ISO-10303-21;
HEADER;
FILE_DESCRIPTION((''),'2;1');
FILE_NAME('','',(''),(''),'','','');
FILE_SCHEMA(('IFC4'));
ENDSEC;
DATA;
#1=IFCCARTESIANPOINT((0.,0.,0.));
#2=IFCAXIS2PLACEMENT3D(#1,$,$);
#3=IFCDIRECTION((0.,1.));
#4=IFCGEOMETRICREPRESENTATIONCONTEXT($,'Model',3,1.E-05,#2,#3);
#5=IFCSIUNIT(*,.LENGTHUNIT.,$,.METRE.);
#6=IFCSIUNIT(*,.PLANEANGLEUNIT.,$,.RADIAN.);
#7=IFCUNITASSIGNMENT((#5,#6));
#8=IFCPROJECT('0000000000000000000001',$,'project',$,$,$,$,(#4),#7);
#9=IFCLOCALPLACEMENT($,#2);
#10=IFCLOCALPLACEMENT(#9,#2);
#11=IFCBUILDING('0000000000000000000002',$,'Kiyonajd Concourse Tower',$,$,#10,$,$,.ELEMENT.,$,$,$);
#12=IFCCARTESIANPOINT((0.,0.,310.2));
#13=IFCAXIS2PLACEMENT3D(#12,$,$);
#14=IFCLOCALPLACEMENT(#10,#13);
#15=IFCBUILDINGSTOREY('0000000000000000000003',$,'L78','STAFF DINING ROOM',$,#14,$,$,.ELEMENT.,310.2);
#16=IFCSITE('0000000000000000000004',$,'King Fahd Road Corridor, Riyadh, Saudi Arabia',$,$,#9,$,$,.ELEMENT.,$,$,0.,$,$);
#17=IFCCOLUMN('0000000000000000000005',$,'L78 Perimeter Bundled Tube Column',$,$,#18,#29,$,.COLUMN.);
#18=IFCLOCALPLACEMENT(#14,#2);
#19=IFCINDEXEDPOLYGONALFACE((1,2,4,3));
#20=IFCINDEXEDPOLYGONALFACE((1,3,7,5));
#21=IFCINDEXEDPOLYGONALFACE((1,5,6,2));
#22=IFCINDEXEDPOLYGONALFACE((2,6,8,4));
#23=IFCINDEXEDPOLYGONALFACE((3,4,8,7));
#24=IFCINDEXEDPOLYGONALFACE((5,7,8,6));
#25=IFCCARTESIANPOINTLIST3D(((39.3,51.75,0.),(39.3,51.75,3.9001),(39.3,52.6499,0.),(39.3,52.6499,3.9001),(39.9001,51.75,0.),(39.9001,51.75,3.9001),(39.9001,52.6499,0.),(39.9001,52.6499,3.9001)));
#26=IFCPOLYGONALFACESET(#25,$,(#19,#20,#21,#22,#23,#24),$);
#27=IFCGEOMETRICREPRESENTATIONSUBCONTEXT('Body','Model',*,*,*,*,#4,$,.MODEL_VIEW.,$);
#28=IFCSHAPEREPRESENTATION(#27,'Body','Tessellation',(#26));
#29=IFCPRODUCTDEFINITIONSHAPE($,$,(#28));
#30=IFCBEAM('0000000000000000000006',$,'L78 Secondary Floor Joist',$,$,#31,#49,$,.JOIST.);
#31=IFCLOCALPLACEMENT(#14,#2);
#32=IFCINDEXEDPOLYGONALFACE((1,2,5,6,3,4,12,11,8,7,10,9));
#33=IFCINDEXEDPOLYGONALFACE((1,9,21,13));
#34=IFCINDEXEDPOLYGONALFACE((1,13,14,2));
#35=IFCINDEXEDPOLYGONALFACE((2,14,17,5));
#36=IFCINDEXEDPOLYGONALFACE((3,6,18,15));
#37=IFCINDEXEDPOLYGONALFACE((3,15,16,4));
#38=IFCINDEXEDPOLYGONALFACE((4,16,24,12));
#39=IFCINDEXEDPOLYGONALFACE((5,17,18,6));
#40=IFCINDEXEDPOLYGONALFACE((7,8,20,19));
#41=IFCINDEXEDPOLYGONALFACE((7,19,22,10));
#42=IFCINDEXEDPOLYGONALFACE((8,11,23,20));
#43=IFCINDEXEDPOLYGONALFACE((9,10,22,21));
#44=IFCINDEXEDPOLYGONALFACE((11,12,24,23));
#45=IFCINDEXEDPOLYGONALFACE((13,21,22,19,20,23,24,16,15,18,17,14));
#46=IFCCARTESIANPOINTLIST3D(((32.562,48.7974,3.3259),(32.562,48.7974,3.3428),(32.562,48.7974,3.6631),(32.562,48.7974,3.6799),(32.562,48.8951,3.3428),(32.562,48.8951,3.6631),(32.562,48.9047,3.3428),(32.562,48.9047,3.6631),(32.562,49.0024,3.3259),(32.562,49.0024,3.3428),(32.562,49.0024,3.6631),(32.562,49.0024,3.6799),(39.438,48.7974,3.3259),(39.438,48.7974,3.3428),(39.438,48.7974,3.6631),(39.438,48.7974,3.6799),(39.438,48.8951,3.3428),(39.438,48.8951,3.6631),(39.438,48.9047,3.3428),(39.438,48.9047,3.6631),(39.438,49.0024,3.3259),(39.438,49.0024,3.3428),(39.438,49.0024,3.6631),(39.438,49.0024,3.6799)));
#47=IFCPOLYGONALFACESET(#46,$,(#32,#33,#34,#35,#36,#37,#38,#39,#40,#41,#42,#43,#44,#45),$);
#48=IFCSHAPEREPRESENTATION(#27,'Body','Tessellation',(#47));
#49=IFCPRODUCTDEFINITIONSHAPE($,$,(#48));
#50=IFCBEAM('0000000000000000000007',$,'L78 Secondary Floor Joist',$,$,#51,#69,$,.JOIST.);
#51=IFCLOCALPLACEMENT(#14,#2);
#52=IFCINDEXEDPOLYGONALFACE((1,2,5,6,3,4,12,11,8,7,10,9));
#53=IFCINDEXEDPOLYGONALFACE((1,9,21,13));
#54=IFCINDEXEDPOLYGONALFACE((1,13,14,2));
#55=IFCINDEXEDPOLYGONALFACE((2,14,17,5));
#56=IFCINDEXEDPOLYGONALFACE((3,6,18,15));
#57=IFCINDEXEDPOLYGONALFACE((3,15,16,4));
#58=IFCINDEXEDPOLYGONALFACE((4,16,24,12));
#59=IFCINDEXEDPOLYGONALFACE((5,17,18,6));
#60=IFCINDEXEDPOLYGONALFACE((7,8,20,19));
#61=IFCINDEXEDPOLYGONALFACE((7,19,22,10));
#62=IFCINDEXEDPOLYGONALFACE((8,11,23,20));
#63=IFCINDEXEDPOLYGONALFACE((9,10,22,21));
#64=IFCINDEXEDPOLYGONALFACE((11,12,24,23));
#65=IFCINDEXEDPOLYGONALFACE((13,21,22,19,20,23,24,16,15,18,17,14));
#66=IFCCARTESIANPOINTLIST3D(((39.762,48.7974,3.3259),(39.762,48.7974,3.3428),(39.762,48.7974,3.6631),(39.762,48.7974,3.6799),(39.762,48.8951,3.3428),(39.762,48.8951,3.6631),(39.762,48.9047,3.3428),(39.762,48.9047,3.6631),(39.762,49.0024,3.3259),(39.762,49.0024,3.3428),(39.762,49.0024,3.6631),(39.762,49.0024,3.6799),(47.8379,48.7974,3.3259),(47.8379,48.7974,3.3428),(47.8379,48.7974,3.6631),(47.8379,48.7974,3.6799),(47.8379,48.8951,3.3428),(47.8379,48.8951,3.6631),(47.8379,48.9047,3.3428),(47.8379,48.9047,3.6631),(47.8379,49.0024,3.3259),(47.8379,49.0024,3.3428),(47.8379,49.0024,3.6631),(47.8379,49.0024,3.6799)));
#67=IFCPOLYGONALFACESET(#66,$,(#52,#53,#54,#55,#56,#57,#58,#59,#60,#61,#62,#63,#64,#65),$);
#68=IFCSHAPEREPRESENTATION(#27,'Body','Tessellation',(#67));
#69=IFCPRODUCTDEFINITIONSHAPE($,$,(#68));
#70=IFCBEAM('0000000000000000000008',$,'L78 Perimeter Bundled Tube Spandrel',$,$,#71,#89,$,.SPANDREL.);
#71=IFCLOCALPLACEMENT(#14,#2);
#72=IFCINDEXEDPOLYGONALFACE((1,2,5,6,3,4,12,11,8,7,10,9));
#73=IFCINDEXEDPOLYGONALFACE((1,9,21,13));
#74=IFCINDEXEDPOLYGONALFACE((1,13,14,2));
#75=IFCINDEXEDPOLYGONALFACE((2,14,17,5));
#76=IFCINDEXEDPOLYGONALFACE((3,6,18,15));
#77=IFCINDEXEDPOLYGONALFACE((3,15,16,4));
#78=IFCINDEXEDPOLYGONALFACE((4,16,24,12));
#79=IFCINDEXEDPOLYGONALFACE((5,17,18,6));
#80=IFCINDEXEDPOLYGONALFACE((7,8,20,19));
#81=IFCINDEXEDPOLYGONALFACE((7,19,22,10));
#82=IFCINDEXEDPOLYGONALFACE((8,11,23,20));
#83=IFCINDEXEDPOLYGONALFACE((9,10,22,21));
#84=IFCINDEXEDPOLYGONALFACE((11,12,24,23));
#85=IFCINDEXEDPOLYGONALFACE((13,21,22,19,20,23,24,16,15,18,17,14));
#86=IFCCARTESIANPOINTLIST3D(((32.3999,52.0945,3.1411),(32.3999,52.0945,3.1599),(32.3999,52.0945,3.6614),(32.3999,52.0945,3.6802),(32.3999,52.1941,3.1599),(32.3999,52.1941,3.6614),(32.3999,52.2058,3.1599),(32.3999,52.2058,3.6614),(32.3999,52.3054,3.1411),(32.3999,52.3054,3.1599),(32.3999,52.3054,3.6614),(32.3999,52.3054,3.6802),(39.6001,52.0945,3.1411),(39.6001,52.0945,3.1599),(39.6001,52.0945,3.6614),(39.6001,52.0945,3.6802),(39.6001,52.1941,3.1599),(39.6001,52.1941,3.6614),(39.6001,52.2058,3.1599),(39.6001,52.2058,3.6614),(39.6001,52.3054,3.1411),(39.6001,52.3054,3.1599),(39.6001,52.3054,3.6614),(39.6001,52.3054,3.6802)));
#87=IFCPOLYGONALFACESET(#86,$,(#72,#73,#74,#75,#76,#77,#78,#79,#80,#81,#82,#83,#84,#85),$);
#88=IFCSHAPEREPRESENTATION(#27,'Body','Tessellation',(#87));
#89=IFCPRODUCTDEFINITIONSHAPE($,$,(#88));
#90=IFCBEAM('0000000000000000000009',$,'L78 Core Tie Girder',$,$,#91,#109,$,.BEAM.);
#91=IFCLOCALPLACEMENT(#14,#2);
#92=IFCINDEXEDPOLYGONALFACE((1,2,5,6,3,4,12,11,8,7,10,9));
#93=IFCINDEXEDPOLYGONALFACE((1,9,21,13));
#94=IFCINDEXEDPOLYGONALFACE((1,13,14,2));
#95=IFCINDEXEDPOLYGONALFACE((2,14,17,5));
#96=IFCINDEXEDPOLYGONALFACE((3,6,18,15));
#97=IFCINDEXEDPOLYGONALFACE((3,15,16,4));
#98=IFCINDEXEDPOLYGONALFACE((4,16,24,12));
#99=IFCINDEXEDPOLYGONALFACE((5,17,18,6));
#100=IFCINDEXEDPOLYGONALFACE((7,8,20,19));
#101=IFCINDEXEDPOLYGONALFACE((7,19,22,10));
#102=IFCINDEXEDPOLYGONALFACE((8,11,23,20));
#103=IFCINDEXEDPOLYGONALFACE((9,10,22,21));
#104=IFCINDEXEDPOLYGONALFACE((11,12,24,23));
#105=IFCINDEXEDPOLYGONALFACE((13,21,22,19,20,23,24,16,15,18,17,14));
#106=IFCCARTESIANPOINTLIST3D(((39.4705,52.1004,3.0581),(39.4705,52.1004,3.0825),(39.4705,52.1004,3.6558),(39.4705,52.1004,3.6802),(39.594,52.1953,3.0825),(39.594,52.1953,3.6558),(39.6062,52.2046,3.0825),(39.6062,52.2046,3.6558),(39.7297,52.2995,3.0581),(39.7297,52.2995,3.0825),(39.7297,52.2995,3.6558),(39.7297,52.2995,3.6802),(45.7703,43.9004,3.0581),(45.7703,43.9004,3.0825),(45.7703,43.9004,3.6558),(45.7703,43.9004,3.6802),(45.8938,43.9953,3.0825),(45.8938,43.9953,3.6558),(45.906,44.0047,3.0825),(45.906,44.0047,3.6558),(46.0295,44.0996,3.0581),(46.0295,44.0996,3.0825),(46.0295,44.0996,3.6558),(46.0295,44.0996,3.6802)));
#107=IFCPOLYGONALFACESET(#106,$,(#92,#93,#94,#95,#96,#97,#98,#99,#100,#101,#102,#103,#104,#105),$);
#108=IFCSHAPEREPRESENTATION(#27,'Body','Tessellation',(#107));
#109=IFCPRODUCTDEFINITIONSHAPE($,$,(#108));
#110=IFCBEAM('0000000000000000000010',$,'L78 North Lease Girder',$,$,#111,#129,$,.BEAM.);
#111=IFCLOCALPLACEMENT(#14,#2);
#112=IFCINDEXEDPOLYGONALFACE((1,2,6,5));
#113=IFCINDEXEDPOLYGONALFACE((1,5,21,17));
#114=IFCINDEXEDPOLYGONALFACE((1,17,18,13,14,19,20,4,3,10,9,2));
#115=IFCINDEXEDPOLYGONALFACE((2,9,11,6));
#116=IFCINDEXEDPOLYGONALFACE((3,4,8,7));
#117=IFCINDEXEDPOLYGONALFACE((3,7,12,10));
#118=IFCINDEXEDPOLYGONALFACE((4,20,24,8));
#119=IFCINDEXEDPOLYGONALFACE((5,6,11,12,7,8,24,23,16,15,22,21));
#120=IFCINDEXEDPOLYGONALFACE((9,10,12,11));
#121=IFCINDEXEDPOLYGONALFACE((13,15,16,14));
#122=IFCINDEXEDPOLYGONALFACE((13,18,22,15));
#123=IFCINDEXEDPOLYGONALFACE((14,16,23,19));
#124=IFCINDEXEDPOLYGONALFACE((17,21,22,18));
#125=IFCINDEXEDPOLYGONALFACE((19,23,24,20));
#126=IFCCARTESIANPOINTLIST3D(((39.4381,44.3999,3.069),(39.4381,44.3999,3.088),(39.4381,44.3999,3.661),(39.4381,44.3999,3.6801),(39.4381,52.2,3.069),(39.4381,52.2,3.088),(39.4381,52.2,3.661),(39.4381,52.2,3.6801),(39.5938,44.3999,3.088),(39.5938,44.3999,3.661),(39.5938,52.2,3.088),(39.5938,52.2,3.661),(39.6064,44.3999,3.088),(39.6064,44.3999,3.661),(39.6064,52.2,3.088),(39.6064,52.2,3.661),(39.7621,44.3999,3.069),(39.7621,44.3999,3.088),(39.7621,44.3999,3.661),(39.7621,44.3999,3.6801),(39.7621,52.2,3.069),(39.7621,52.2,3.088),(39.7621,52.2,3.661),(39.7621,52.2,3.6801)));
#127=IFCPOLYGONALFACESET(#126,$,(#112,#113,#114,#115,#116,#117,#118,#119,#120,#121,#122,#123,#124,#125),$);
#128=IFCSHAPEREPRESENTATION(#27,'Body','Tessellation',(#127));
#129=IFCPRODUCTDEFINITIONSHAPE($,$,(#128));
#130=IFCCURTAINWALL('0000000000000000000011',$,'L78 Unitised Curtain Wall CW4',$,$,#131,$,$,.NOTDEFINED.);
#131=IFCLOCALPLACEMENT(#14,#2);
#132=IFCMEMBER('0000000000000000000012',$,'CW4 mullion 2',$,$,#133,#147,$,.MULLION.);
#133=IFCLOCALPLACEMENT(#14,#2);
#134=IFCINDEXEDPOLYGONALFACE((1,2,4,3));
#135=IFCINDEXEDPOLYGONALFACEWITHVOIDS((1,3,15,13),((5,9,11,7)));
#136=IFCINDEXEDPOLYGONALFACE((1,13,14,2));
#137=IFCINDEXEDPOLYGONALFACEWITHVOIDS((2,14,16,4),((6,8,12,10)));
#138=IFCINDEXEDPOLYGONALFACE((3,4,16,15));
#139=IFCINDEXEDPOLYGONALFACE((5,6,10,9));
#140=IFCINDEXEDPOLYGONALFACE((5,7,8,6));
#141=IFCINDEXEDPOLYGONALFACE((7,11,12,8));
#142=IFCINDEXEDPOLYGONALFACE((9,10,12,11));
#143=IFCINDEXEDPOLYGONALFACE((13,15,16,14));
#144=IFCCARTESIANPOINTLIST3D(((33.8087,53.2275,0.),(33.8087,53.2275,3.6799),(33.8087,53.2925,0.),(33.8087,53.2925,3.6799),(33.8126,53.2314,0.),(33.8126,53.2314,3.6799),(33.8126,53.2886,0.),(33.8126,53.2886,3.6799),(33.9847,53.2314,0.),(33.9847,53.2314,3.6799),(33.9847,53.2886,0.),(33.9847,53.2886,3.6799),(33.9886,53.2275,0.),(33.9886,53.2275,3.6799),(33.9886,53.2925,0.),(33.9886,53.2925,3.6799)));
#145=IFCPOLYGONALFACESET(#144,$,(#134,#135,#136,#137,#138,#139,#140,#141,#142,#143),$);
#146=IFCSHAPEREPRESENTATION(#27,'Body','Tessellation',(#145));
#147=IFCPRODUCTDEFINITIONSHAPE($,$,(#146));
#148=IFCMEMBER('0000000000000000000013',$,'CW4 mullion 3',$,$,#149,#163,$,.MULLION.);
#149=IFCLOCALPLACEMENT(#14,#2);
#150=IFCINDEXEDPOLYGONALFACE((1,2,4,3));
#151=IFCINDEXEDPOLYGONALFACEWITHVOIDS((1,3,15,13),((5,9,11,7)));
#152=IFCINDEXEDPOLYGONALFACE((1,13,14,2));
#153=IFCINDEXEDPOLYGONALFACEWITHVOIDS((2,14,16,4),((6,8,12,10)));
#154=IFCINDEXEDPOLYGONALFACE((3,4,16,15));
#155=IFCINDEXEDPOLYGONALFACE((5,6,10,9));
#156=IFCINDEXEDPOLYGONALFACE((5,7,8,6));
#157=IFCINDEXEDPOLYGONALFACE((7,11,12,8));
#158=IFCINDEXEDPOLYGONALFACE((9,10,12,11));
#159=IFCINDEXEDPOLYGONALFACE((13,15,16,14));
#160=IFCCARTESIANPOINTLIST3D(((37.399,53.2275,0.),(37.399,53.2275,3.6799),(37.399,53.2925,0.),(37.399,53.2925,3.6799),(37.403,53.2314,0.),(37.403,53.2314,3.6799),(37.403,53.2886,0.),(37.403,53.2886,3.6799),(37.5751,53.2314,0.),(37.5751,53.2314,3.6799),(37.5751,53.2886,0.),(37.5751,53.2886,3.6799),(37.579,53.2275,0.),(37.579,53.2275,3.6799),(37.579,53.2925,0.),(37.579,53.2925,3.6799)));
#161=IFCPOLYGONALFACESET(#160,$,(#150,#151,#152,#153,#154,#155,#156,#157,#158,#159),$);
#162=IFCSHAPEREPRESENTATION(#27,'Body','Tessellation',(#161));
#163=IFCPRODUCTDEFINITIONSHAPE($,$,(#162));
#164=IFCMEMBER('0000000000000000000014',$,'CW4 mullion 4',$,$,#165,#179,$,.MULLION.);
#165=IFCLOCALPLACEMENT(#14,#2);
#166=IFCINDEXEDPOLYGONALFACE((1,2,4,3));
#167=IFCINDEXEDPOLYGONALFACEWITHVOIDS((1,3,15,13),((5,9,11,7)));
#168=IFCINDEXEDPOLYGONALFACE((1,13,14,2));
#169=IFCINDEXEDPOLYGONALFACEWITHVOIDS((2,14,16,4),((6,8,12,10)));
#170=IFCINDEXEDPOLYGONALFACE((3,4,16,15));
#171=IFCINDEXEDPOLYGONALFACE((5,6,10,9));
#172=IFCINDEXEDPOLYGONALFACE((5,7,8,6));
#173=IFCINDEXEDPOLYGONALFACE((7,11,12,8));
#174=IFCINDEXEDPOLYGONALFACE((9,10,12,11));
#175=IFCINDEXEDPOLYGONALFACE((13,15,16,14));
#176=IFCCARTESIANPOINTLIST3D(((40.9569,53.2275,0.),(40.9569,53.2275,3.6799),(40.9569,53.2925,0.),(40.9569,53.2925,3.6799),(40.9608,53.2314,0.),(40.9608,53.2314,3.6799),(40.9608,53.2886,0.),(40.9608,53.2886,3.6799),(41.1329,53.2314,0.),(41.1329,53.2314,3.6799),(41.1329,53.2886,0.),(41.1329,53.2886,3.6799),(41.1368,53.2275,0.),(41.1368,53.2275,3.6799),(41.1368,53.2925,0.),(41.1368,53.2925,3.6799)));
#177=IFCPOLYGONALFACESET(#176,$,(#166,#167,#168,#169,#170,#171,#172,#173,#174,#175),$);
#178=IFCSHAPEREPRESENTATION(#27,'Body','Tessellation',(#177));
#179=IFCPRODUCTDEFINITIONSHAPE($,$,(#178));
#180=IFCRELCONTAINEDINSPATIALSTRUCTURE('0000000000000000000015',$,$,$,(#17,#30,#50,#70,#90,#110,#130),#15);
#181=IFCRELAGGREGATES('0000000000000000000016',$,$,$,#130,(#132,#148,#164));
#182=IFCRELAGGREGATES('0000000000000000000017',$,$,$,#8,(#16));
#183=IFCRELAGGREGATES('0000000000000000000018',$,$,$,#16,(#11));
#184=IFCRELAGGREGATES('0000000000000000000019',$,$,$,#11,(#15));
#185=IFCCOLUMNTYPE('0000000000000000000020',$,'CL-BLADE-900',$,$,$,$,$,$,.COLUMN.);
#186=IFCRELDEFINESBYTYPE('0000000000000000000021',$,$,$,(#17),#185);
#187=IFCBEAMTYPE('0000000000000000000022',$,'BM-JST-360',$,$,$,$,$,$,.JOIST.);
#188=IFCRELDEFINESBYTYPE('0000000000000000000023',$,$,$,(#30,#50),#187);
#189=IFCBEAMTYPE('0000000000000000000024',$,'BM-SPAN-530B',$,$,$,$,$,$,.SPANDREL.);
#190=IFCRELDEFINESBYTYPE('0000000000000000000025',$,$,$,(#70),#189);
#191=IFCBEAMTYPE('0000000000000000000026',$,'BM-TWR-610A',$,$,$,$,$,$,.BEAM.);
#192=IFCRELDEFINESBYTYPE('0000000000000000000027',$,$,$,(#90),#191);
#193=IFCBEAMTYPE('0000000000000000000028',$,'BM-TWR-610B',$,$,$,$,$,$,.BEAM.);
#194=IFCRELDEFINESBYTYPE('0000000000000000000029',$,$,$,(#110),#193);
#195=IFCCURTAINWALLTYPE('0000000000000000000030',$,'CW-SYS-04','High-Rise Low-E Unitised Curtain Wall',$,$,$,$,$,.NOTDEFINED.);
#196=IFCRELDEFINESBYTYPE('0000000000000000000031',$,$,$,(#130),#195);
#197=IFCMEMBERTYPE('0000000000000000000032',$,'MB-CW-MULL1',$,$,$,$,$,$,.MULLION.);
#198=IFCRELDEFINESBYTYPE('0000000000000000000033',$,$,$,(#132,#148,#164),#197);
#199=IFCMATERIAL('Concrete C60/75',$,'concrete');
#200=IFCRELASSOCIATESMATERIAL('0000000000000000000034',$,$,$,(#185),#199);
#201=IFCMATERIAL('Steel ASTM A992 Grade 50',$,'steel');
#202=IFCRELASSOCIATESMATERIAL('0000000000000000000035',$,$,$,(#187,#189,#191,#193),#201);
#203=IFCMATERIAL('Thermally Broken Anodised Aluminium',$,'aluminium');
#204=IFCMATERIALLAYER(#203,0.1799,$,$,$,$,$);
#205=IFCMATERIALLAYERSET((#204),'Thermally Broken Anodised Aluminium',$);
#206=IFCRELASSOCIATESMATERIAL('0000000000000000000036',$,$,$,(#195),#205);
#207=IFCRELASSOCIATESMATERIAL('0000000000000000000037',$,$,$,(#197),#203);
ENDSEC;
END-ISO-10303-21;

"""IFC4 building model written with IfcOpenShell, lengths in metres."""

from ifc_helpers import new_model, si_unit, direction, frame, origin, origin_2d, place, context, subcontext, project, spatial, rectangle, hollow_rectangle, i_section, extrude, material, layer, layer_set, material_profile, profile_set, type_object, element, aggregate, save


model = new_model("IFC4")

# Units and contexts
model_context = context("Model", 3, precision=1e-05, world=origin(), true_north=direction((0.0, 1.0)))
body_context = subcontext(model_context, "Body", "Model", "MODEL_VIEW")
ifc_project = project(units=[si_unit("LENGTHUNIT", "METRE"), si_unit("PLANEANGLEUNIT", "RADIAN")], contexts=[model_context])

# Site, building, storey
site_placement = place(None, origin())
site = spatial("IfcSite", under=ifc_project, at=site_placement, Name="King Fahd Road Corridor, Riyadh, Saudi Arabia", CompositionType="ELEMENT", RefElevation=0.0)
building_placement = place(site_placement, origin())
building = spatial("IfcBuilding", under=site, at=building_placement, Name="Kiyonajd Concourse Tower", CompositionType="ELEMENT")
storey_placement = place(building_placement, frame((0.0, 0.0, 310.2)))
storey = spatial("IfcBuildingStorey", under=building, at=storey_placement, Name="L78", Description="STAFF DINING ROOM", CompositionType="ELEMENT", Elevation=310.2)

# Column
ifc_material_1 = material(Name="Concrete C60/75", Category="concrete")
ifc_material_profile_1 = material_profile(ifc_material_1, rectangle(XDim=0.6001, YDim=0.8999, at=origin_2d()), Name="RC-900x600")
ifc_profile_set_1 = profile_set([ifc_material_profile_1], Name="Concrete C60/75")
column_type = type_object("IfcColumnType", Name="CL-BLADE-900", PredefinedType="COLUMN", material=ifc_profile_set_1)
column_placement = place(storey_placement, frame((39.6001, 52.2, 0.0), z_axis=(0.0, 0.0, 1.0), x_axis=(1.0, 0.0, 0.0)))
element("IfcColumn", 1, at=column_placement, inside=storey, type_object=column_type, Name="L78 Perimeter Bundled Tube Column", PredefinedType="COLUMN", context=body_context, shape_type="SweptSolid", body=[
    extrude(rectangle(XDim=0.6001, YDim=0.8999, at=origin_2d()), origin(), (0.0, 0.0, 1.0), 3.9001),
])

# Beams
ifc_material_2 = material(Name="Steel ASTM A992 Grade 50", Category="steel")
ifc_material_profile_2 = material_profile(ifc_material_2, i_section(OverallWidth=0.2051, OverallDepth=0.354, WebThickness=0.0095, FlangeThickness=0.0168, at=origin_2d()), Name="W360X79")
ifc_profile_set_2 = profile_set([ifc_material_profile_2], Name="Steel ASTM A992 Grade 50")
beam_type_1 = type_object("IfcBeamType", Name="BM-JST-360", PredefinedType="JOIST", material=ifc_profile_set_2)
beam_1_placement = place(storey_placement, frame((32.562, 48.8999, 3.5029), z_axis=(1.0, 0.0, 0.0), x_axis=(0.0, 1.0, 0.0)))
element("IfcBeam", 2, at=beam_1_placement, inside=storey, type_object=beam_type_1, Name="L78 Secondary Floor Joist", PredefinedType="JOIST", context=body_context, shape_type="SweptSolid", body=[
    extrude(i_section(OverallWidth=0.2051, OverallDepth=0.354, WebThickness=0.0095, FlangeThickness=0.0168, at=origin_2d()), origin(), (0.0, 0.0, 1.0), 6.876),
])
beam_2_placement = place(storey_placement, frame((39.762, 48.8999, 3.5029), z_axis=(1.0, 0.0, 0.0), x_axis=(0.0, 1.0, 0.0)))
element("IfcBeam", 3, at=beam_2_placement, inside=storey, type_object=beam_type_1, Name="L78 Secondary Floor Joist", PredefinedType="JOIST", context=body_context, shape_type="SweptSolid", body=[
    extrude(i_section(OverallWidth=0.2051, OverallDepth=0.354, WebThickness=0.0095, FlangeThickness=0.0168, at=origin_2d()), origin(), (0.0, 0.0, 1.0), 8.0759),
])
ifc_material_profile_3 = material_profile(ifc_material_2, i_section(OverallWidth=0.2109, OverallDepth=0.5391, WebThickness=0.0117, FlangeThickness=0.0188, at=origin_2d()), Name="W530X109")
ifc_profile_set_3 = profile_set([ifc_material_profile_3], Name="Steel ASTM A992 Grade 50")
beam_type_2 = type_object("IfcBeamType", Name="BM-SPAN-530B", PredefinedType="SPANDREL", material=ifc_profile_set_3)
beam_3_placement = place(storey_placement, frame((39.6001, 52.2, 3.4106), z_axis=(-1.0, 0.0, 0.0), x_axis=(0.0, -1.0, 0.0)))
element("IfcBeam", 4, at=beam_3_placement, inside=storey, type_object=beam_type_2, Name="L78 Perimeter Bundled Tube Spandrel", PredefinedType="SPANDREL", context=body_context, shape_type="SweptSolid", body=[
    extrude(i_section(OverallWidth=0.2109, OverallDepth=0.5391, WebThickness=0.0117, FlangeThickness=0.0188, at=origin_2d()), origin(), (0.0, 0.0, 1.0), 7.2002),
])
ifc_material_profile_4 = material_profile(ifc_material_2, i_section(OverallWidth=0.3269, OverallDepth=0.6221, WebThickness=0.0154, FlangeThickness=0.0244, at=origin_2d()), Name="W610X195")
ifc_profile_set_4 = profile_set([ifc_material_profile_4], Name="Steel ASTM A992 Grade 50")
beam_type_3 = type_object("IfcBeamType", Name="BM-TWR-610A", PredefinedType="BEAM", material=ifc_profile_set_4)
beam_4_placement = place(storey_placement, frame((39.6001, 52.2, 3.3691), z_axis=(0.609234, -0.792991, 0.0), x_axis=(0.792991, 0.609234, 0.0)))
element("IfcBeam", 5, at=beam_4_placement, inside=storey, type_object=beam_type_3, Name="L78 Core Tie Girder", PredefinedType="BEAM", context=body_context, shape_type="SweptSolid", body=[
    extrude(i_section(OverallWidth=0.3269, OverallDepth=0.6221, WebThickness=0.0154, FlangeThickness=0.0244, at=origin_2d()), origin(), (0.0, 0.0, 1.0), 10.3406),
])
ifc_material_profile_5 = material_profile(ifc_material_2, i_section(OverallWidth=0.324, OverallDepth=0.6111, WebThickness=0.0127, FlangeThickness=0.019, at=origin_2d()), Name="W610X155")
ifc_profile_set_5 = profile_set([ifc_material_profile_5], Name="Steel ASTM A992 Grade 50")
beam_type_4 = type_object("IfcBeamType", Name="BM-TWR-610B", PredefinedType="BEAM", material=ifc_profile_set_5)
beam_5_placement = place(storey_placement, frame((39.6001, 44.3999, 3.3745), z_axis=(0.0, 1.0, 0.0), x_axis=(-1.0, 0.0, 0.0)))
element("IfcBeam", 6, at=beam_5_placement, inside=storey, type_object=beam_type_4, Name="L78 North Lease Girder", PredefinedType="BEAM", context=body_context, shape_type="SweptSolid", body=[
    extrude(i_section(OverallWidth=0.324, OverallDepth=0.6111, WebThickness=0.0127, FlangeThickness=0.019, at=origin_2d()), origin(), (0.0, 0.0, 1.0), 7.8),
])

# Curtain wall, members
ifc_material_3 = material(Name="Thermally Broken Anodised Aluminium", Category="aluminium")
ifc_layer_1 = layer(ifc_material_3, 0.1799)
ifc_layer_set_1 = layer_set([ifc_layer_1], Name="Thermally Broken Anodised Aluminium")
curtain_wall_type = type_object("IfcCurtainWallType", Name="CW-SYS-04", Description="High-Rise Low-E Unitised Curtain Wall", PredefinedType="NOTDEFINED", material=ifc_layer_set_1)
curtain_wall_placement = place(storey_placement, origin())
curtain_wall = element("IfcCurtainWall", 7, at=curtain_wall_placement, inside=storey, type_object=curtain_wall_type, Name="L78 Unitised Curtain Wall CW4", PredefinedType="NOTDEFINED")
ifc_material_profile_6 = material_profile(ifc_material_3, hollow_rectangle(XDim=0.0649, YDim=0.1799, WallThickness=0.0039, at=origin_2d()), Name="MULL-65x180")
ifc_profile_set_6 = profile_set([ifc_material_profile_6], Name="Thermally Broken Anodised Aluminium")
member_type_1 = type_object("IfcMemberType", Name="MB-CW-MULL1", PredefinedType="MULLION", material=ifc_profile_set_6)
member_1_placement = place(storey_placement, frame((33.8987, 53.26, 0.0), z_axis=(0.0, 0.0, 1.0), x_axis=(0.0, 1.0, 0.0)))
member_1 = element("IfcMember", 8, at=member_1_placement, type_object=member_type_1, Name="CW4 mullion 2", PredefinedType="MULLION", context=body_context, shape_type="SweptSolid", body=[
    extrude(hollow_rectangle(XDim=0.0649, YDim=0.1799, WallThickness=0.0039, at=origin_2d()), origin(), (0.0, 0.0, 1.0), 3.6799),
])
member_2_placement = place(storey_placement, frame((37.489, 53.26, 0.0), z_axis=(0.0, 0.0, 1.0), x_axis=(0.0, 1.0, 0.0)))
member_2 = element("IfcMember", 9, at=member_2_placement, type_object=member_type_1, Name="CW4 mullion 3", PredefinedType="MULLION", context=body_context, shape_type="SweptSolid", body=[
    extrude(hollow_rectangle(XDim=0.0649, YDim=0.1799, WallThickness=0.0039, at=origin_2d()), origin(), (0.0, 0.0, 1.0), 3.6799),
])
member_3_placement = place(storey_placement, frame((41.0469, 53.26, 0.0), z_axis=(0.0, 0.0, 1.0), x_axis=(0.0, 1.0, 0.0)))
member_3 = element("IfcMember", 10, at=member_3_placement, type_object=member_type_1, Name="CW4 mullion 4", PredefinedType="MULLION", context=body_context, shape_type="SweptSolid", body=[
    extrude(hollow_rectangle(XDim=0.0649, YDim=0.1799, WallThickness=0.0039, at=origin_2d()), origin(), (0.0, 0.0, 1.0), 3.6799),
])

aggregate(curtain_wall, [member_1, member_2, member_3])

save(model, "model.ifc")
